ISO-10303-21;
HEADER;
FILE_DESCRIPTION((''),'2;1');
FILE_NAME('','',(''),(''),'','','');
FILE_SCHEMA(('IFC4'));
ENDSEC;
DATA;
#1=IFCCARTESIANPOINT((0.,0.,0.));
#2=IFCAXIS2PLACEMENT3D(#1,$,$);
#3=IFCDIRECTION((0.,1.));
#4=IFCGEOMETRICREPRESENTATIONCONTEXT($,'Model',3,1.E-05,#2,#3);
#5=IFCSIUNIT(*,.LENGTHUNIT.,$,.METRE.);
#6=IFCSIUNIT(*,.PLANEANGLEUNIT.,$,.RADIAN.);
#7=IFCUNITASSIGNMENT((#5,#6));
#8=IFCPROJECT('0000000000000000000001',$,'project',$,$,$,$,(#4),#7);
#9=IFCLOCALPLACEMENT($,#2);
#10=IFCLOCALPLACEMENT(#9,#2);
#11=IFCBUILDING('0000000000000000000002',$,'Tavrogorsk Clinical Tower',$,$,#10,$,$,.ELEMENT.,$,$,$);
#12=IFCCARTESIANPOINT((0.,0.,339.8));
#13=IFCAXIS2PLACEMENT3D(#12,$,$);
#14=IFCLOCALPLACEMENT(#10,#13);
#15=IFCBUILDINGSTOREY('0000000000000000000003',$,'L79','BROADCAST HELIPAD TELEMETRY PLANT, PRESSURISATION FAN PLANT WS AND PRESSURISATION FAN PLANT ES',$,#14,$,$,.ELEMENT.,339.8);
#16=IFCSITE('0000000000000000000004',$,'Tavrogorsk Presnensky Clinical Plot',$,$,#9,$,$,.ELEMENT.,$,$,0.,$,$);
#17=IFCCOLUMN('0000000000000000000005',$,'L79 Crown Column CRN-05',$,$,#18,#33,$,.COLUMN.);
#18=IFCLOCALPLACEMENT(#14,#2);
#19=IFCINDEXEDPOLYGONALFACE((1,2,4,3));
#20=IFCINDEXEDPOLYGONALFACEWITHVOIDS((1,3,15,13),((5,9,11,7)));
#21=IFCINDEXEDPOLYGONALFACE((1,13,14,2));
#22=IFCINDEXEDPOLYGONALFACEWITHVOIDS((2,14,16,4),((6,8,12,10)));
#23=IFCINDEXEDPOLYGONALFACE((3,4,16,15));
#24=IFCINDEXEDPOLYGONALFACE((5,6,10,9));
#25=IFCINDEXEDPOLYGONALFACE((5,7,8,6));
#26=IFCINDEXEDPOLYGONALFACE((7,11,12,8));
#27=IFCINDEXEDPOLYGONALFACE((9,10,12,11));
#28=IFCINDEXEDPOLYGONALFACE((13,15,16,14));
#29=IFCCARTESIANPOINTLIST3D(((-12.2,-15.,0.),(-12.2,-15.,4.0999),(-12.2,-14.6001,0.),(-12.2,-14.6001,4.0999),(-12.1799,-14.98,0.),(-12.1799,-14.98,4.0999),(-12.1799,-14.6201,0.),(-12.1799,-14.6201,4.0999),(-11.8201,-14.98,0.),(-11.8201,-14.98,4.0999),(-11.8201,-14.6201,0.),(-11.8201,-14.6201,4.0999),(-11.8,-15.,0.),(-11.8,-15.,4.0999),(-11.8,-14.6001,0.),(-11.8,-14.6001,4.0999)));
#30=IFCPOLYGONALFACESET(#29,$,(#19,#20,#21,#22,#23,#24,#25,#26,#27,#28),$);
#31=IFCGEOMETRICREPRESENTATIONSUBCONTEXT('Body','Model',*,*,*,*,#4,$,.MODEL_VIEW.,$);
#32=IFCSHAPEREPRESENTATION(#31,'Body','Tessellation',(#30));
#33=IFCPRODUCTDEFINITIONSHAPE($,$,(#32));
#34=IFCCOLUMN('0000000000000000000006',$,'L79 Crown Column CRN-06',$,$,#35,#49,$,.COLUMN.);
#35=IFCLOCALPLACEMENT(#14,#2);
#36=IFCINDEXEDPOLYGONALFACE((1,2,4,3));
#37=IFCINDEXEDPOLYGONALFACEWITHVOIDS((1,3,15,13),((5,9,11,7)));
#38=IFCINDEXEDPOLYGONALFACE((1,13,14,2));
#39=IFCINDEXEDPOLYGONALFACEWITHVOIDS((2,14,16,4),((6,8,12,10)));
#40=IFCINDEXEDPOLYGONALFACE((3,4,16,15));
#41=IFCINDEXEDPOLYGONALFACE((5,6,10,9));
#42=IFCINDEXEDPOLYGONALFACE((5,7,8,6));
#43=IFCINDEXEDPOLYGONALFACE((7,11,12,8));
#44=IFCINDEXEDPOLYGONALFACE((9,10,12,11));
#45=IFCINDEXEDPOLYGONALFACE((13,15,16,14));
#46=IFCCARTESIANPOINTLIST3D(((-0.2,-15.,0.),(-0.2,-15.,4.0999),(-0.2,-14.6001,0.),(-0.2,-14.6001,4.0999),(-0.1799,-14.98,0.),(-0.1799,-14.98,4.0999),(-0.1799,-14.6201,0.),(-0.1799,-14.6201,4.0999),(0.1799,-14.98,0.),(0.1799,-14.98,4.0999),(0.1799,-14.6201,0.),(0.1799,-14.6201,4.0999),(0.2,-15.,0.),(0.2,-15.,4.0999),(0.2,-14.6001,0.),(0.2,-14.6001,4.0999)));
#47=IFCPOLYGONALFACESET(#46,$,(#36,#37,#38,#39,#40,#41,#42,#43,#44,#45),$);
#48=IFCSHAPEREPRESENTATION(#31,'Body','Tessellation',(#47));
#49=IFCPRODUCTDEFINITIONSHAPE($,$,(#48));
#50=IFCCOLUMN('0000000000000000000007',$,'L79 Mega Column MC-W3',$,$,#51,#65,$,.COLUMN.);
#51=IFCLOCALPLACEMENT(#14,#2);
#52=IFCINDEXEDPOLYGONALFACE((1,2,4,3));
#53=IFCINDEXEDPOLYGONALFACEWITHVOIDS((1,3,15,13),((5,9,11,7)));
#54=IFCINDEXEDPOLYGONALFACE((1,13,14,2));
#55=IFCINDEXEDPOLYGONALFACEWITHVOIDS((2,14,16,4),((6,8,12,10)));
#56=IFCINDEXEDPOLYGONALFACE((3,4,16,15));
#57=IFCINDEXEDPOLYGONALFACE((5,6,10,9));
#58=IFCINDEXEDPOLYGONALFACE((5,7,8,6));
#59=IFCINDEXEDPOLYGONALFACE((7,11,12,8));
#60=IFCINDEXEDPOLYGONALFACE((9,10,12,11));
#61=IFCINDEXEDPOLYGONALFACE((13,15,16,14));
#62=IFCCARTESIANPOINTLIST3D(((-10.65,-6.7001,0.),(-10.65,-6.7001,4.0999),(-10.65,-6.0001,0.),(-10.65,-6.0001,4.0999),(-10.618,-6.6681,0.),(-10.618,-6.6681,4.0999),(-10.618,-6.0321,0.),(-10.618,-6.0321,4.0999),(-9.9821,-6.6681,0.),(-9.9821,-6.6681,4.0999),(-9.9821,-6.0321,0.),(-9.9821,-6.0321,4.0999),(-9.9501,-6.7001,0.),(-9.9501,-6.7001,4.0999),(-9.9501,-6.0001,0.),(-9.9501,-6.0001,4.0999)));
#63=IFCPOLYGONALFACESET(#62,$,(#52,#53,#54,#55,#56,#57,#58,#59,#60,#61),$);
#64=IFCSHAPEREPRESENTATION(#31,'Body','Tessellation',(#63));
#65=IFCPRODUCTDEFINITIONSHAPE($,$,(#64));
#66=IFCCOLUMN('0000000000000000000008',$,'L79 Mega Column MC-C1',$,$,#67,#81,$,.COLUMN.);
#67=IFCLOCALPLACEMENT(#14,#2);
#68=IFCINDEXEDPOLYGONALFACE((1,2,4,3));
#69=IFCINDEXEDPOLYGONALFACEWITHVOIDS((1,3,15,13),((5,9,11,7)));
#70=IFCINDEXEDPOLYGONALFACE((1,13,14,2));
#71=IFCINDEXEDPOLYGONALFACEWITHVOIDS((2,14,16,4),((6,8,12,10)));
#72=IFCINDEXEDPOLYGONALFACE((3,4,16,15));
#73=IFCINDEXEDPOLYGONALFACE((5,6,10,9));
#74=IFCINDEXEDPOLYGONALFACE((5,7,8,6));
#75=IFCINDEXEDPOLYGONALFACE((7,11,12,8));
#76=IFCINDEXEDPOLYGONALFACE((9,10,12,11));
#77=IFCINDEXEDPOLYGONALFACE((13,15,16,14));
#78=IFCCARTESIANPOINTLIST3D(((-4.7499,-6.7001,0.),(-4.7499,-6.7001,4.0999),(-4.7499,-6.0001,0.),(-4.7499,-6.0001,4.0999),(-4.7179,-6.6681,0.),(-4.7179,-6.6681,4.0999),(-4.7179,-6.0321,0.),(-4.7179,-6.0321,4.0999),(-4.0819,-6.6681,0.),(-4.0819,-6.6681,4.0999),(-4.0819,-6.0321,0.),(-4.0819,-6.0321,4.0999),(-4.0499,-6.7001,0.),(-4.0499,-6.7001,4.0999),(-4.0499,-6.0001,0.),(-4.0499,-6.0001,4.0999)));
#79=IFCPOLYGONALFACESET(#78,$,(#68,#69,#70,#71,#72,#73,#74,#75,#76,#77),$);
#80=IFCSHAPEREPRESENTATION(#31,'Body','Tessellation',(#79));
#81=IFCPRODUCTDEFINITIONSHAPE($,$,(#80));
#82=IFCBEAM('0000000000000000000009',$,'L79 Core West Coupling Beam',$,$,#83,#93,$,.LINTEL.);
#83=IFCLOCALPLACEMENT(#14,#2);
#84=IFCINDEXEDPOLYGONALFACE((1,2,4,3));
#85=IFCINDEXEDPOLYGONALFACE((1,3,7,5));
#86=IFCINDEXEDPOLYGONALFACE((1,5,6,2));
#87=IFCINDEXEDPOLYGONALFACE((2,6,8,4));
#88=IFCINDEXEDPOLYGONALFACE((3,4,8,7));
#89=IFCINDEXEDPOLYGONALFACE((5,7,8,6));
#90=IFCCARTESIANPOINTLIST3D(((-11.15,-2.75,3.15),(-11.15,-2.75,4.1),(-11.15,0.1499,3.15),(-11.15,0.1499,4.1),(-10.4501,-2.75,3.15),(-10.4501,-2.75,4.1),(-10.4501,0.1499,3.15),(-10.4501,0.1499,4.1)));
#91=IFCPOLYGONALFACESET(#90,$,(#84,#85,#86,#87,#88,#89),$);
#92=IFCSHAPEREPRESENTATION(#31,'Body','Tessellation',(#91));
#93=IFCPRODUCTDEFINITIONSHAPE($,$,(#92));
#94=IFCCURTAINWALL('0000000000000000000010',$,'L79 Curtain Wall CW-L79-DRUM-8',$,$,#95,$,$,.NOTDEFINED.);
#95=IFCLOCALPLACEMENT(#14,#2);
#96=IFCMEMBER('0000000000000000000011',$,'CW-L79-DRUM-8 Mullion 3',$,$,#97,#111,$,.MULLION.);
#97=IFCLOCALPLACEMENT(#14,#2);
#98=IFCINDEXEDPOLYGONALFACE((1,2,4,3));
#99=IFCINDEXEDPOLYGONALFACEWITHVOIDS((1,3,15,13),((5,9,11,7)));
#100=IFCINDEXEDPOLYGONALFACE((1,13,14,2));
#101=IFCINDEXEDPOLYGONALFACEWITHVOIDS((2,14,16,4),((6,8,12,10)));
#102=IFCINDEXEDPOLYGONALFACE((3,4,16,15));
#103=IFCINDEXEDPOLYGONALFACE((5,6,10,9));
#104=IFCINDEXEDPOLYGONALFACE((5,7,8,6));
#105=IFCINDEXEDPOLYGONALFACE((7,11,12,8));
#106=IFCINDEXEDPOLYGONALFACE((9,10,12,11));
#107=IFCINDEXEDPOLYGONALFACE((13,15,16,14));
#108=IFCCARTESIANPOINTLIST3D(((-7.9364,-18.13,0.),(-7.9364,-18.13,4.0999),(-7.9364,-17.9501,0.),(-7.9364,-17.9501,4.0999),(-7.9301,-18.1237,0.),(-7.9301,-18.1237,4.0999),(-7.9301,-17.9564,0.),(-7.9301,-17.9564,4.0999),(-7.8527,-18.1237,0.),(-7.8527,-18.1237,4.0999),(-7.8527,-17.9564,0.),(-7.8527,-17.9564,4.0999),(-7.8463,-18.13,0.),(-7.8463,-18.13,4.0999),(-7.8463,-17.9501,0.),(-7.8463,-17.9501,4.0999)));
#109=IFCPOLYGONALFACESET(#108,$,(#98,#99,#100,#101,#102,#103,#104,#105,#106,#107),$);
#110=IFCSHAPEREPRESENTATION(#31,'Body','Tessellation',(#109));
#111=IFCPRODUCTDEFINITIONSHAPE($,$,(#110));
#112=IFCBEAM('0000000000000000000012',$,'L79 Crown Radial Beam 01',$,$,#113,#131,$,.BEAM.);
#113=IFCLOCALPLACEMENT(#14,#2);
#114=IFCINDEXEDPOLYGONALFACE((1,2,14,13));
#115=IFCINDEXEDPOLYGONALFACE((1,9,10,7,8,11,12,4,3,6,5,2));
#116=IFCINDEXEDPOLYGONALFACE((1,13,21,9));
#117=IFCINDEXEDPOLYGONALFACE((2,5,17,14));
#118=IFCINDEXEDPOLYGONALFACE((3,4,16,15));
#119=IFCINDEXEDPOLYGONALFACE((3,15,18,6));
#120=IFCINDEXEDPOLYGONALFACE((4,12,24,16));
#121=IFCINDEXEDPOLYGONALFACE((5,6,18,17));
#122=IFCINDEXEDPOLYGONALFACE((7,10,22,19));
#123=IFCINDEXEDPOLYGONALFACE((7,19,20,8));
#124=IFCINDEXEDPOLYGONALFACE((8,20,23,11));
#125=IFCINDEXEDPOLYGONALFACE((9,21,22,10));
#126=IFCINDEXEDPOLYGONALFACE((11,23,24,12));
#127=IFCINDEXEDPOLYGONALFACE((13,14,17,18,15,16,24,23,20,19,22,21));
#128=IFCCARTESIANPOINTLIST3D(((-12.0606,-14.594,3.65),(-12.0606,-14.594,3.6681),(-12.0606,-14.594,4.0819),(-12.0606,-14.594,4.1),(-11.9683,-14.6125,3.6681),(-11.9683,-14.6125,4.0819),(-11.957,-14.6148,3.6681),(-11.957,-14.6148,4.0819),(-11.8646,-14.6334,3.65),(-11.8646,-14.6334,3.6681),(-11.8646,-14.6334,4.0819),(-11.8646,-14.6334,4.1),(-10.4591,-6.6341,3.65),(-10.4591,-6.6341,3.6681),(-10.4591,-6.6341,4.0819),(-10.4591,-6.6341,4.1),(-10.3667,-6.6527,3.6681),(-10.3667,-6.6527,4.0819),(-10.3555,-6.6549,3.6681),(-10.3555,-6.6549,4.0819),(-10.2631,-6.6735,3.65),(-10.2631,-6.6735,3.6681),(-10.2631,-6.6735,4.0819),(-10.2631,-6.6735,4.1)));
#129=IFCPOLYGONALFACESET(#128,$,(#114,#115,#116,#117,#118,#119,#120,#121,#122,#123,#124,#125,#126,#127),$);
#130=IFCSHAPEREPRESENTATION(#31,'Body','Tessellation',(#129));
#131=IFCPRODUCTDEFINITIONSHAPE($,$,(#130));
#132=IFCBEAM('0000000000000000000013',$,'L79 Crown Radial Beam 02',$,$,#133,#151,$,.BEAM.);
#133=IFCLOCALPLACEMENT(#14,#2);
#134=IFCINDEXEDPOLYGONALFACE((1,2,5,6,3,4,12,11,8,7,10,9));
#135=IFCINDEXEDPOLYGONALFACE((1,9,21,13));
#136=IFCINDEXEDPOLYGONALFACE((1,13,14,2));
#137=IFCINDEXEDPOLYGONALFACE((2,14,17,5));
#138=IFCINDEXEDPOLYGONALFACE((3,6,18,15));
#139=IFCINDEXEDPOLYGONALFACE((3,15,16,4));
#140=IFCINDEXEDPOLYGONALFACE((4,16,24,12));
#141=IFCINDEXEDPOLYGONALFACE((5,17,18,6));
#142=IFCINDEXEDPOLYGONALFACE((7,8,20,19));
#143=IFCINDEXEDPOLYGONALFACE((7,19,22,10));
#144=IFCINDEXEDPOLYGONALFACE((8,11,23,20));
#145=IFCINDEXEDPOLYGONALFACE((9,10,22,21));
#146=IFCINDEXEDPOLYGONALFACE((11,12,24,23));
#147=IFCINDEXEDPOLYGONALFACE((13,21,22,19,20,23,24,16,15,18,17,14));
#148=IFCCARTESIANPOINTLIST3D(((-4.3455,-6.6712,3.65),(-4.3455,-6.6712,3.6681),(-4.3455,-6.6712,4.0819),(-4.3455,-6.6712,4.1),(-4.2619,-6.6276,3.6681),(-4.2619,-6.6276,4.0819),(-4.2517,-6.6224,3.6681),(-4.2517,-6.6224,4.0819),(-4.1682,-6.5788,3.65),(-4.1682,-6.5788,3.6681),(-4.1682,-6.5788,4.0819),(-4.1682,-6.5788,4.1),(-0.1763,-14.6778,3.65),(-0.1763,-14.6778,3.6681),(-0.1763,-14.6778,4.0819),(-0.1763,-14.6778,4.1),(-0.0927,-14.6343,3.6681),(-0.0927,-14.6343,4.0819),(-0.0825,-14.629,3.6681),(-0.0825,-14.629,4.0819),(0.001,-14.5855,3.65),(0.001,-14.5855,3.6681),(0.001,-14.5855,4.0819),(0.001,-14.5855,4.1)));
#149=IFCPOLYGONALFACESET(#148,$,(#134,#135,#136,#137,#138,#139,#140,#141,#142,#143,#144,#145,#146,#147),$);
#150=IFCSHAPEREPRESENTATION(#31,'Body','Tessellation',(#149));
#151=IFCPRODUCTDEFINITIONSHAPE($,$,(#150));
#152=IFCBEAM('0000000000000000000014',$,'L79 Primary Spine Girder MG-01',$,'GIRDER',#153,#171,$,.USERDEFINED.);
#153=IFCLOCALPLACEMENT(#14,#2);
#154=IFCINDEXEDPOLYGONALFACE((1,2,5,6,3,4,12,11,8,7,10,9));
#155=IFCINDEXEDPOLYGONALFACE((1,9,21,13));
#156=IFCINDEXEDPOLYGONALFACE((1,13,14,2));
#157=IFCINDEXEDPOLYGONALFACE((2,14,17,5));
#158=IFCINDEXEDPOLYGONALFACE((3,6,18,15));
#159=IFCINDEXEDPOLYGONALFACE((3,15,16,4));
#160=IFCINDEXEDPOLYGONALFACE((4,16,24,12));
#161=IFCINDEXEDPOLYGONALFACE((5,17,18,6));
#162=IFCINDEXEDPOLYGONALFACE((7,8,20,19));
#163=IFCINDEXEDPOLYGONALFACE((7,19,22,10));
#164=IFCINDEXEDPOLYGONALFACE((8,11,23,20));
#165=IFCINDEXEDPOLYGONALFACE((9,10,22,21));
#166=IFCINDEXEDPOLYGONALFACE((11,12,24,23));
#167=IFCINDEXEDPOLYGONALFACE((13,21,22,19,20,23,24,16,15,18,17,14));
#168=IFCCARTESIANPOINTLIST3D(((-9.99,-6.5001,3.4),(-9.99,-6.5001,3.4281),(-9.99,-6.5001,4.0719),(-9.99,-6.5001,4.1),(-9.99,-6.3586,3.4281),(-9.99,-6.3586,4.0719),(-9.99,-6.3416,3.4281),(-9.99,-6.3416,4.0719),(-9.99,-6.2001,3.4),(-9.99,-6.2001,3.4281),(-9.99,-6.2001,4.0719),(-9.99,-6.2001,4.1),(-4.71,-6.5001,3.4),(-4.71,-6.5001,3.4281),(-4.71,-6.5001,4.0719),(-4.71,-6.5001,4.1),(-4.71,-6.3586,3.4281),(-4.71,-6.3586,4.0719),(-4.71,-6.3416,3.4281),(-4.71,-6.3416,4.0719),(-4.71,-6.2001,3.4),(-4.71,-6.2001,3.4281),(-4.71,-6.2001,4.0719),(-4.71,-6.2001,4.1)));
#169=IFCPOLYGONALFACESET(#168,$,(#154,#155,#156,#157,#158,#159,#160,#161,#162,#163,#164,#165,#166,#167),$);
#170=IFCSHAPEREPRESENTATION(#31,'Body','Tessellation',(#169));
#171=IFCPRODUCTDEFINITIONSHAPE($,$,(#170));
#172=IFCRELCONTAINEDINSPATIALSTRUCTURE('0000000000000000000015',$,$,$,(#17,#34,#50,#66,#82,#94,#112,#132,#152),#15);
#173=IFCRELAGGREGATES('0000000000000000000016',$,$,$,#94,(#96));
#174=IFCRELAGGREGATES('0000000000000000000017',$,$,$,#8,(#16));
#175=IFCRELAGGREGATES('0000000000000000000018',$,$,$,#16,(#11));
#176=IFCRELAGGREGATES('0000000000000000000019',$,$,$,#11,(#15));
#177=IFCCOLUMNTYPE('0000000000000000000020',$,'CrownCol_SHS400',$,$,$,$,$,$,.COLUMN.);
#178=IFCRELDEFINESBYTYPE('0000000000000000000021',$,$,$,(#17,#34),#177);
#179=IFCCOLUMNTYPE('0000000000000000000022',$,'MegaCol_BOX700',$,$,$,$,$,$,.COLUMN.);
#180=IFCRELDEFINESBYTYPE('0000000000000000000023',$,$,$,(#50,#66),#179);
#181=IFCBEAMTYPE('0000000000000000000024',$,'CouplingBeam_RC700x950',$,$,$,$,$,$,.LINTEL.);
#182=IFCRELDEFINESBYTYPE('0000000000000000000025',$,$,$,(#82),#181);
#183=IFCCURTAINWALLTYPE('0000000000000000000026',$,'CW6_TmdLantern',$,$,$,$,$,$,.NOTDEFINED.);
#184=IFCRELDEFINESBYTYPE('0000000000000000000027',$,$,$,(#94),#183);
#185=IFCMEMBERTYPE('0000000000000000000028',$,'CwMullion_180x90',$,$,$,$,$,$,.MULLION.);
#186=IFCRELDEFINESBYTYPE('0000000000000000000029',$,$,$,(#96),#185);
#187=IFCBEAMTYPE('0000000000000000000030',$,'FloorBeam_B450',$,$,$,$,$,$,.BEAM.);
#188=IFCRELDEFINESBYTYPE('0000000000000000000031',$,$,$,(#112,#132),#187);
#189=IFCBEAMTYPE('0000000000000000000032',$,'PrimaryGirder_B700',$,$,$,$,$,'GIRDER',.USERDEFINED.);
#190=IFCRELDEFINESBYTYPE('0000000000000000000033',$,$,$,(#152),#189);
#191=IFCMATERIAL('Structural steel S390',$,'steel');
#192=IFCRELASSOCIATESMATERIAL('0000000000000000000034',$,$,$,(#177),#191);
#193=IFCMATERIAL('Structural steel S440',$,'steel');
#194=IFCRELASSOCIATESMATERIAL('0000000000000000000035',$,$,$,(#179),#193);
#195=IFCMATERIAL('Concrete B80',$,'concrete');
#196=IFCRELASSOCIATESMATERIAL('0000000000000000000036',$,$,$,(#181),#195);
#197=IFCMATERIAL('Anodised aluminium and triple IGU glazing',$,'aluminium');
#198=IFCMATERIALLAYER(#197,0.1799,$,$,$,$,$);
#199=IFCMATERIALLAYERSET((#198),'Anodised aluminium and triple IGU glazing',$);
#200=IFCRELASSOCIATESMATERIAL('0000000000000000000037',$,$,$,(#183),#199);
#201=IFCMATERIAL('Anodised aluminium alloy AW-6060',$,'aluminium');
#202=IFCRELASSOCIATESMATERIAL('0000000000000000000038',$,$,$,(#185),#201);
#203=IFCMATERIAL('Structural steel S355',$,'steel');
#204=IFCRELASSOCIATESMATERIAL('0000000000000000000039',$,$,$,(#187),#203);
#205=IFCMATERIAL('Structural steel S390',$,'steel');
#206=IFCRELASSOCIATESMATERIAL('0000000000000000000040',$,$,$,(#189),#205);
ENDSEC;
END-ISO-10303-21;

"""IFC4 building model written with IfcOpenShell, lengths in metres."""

from ifc_helpers import new_model, si_unit, direction, frame, origin, origin_2d, place, context, subcontext, project, spatial, rectangle, hollow_rectangle, i_section, extrude, material, layer, layer_set, material_profile, profile_set, type_object, element, aggregate, save


model = new_model("IFC4")

# Units and contexts
model_context = context("Model", 3, precision=1e-05, world=origin(), true_north=direction((0.0, 1.0)))
body_context = subcontext(model_context, "Body", "Model", "MODEL_VIEW")
ifc_project = project(units=[si_unit("LENGTHUNIT", "METRE"), si_unit("PLANEANGLEUNIT", "RADIAN")], contexts=[model_context])

# Site, building, storey
site_placement = place(None, origin())
site = spatial("IfcSite", under=ifc_project, at=site_placement, Name="Tavrogorsk Presnensky Clinical Plot", CompositionType="ELEMENT", RefElevation=0.0)
building_placement = place(site_placement, origin())
building = spatial("IfcBuilding", under=site, at=building_placement, Name="Tavrogorsk Clinical Tower", CompositionType="ELEMENT")
storey_placement = place(building_placement, frame((0.0, 0.0, 339.8)))
storey = spatial("IfcBuildingStorey", under=building, at=storey_placement, Name="L79", Description="BROADCAST HELIPAD TELEMETRY PLANT, PRESSURISATION FAN PLANT WS AND PRESSURISATION FAN PLANT ES", CompositionType="ELEMENT", Elevation=339.8)

# Columns
ifc_material_1 = material(Name="Structural steel S390", Category="steel")
ifc_material_profile_1 = material_profile(ifc_material_1, hollow_rectangle(XDim=0.3999, YDim=0.3999, WallThickness=0.02, at=origin_2d()), Name="SHS-400x400x20")
ifc_profile_set_1 = profile_set([ifc_material_profile_1], Name="Structural steel S390")
column_type_1 = type_object("IfcColumnType", Name="CrownCol_SHS400", PredefinedType="COLUMN", material=ifc_profile_set_1)
for number, where, z_axis, x_axis, name in (
    (1, (-12.0, -14.8, 0.0), (0.0, 0.0, 1.0), (1.0, 0.0, 0.0), "L79 Crown Column CRN-05"),
    (2, (0.0, -14.8, 0.0), (0.0, 0.0, 1.0), (1.0, 0.0, 0.0), "L79 Crown Column CRN-06"),
):
    element("IfcColumn", number, at=place(storey_placement, frame(where, z_axis=z_axis, x_axis=x_axis)), inside=storey, type_object=column_type_1, Name=name, PredefinedType="COLUMN", context=body_context, shape_type="SweptSolid", body=[
        extrude(hollow_rectangle(XDim=0.3999, YDim=0.3999, WallThickness=0.02, at=origin_2d()), origin(), (0.0, 0.0, 1.0), 4.0999),
    ])
ifc_material_2 = material(Name="Structural steel S440", Category="steel")
ifc_material_profile_2 = material_profile(ifc_material_2, hollow_rectangle(XDim=0.7, YDim=0.7, WallThickness=0.032, at=origin_2d()), Name="BOX-700x700x32")
ifc_profile_set_2 = profile_set([ifc_material_profile_2], Name="Structural steel S440")
column_type_2 = type_object("IfcColumnType", Name="MegaCol_BOX700", PredefinedType="COLUMN", material=ifc_profile_set_2)
for number, where, z_axis, x_axis, name in (
    (3, (-10.3, -6.3501, 0.0), (0.0, 0.0, 1.0), (1.0, 0.0, 0.0), "L79 Mega Column MC-W3"),
    (4, (-4.3999, -6.3501, 0.0), (0.0, 0.0, 1.0), (1.0, 0.0, 0.0), "L79 Mega Column MC-C1"),
):
    element("IfcColumn", number, at=place(storey_placement, frame(where, z_axis=z_axis, x_axis=x_axis)), inside=storey, type_object=column_type_2, Name=name, PredefinedType="COLUMN", context=body_context, shape_type="SweptSolid", body=[
        extrude(hollow_rectangle(XDim=0.7, YDim=0.7, WallThickness=0.032, at=origin_2d()), origin(), (0.0, 0.0, 1.0), 4.0999),
    ])

# Beam
ifc_material_3 = material(Name="Concrete B80", Category="concrete")
ifc_material_profile_3 = material_profile(ifc_material_3, rectangle(XDim=0.7, YDim=0.95, at=origin_2d()), Name="RC-CB-700x950")
ifc_profile_set_3 = profile_set([ifc_material_profile_3], Name="Concrete B80")
beam_type_1 = type_object("IfcBeamType", Name="CouplingBeam_RC700x950", PredefinedType="LINTEL", material=ifc_profile_set_3)
beam_1_placement = place(storey_placement, frame((-10.8, -2.75, 3.625), z_axis=(0.0, 1.0, 0.0), x_axis=(-1.0, 0.0, 0.0)))
element("IfcBeam", 5, at=beam_1_placement, inside=storey, type_object=beam_type_1, Name="L79 Core West Coupling Beam", PredefinedType="LINTEL", context=body_context, shape_type="SweptSolid", body=[
    extrude(rectangle(XDim=0.7, YDim=0.95, at=origin_2d()), origin(), (0.0, 0.0, 1.0), 2.8999),
])

# Curtain wall, member
ifc_material_4 = material(Name="Anodised aluminium and triple IGU glazing", Category="aluminium")
ifc_layer_1 = layer(ifc_material_4, 0.1799)
ifc_layer_set_1 = layer_set([ifc_layer_1], Name="Anodised aluminium and triple IGU glazing")
curtain_wall_type = type_object("IfcCurtainWallType", Name="CW6_TmdLantern", PredefinedType="NOTDEFINED", material=ifc_layer_set_1)
curtain_wall_placement = place(storey_placement, origin())
curtain_wall = element("IfcCurtainWall", 6, at=curtain_wall_placement, inside=storey, type_object=curtain_wall_type, Name="L79 Curtain Wall CW-L79-DRUM-8", PredefinedType="NOTDEFINED")
ifc_material_5 = material(Name="Anodised aluminium alloy AW-6060", Category="aluminium")
ifc_material_profile_4 = material_profile(ifc_material_5, hollow_rectangle(XDim=0.0901, YDim=0.1799, WallThickness=0.0063, at=origin_2d()), Name="RHS-180x90x6.3")
ifc_profile_set_4 = profile_set([ifc_material_profile_4], Name="Anodised aluminium alloy AW-6060")
member_type = type_object("IfcMemberType", Name="CwMullion_180x90", PredefinedType="MULLION", material=ifc_profile_set_4)
member_placement = place(storey_placement, frame((-7.8914, -18.04, 0.0), z_axis=(0.0, 0.0, 1.0), x_axis=(-1.0, 0.0, 0.0)))
member = element("IfcMember", 7, at=member_placement, type_object=member_type, Name="CW-L79-DRUM-8 Mullion 3", PredefinedType="MULLION", context=body_context, shape_type="SweptSolid", body=[
    extrude(hollow_rectangle(XDim=0.0901, YDim=0.1799, WallThickness=0.0063, at=origin_2d()), origin(), (0.0, 0.0, 1.0), 4.0999),
])

# Beams
ifc_material_6 = material(Name="Structural steel S355", Category="steel")
ifc_material_profile_5 = material_profile(ifc_material_6, i_section(OverallWidth=0.2, OverallDepth=0.45, WebThickness=0.0115, FlangeThickness=0.0181, at=origin_2d()), Name="B-450x200x11.5x18")
ifc_profile_set_5 = profile_set([ifc_material_profile_5], Name="Structural steel S355")
beam_type_2 = type_object("IfcBeamType", Name="FloorBeam_B450", PredefinedType="BEAM", material=ifc_profile_set_5)
beam_2_placement = place(storey_placement, frame((-10.3611, -6.6538, 3.875), z_axis=(-0.197249, -0.980353, 0.0), x_axis=(0.980353, -0.197249, 0.0)))
element("IfcBeam", 8, at=beam_2_placement, inside=storey, type_object=beam_type_2, Name="L79 Crown Radial Beam 01", PredefinedType="BEAM", context=body_context, shape_type="SweptSolid", body=[
    extrude(i_section(OverallWidth=0.2, OverallDepth=0.45, WebThickness=0.0115, FlangeThickness=0.0181, at=origin_2d()), origin(), (0.0, 0.0, 1.0), 8.1194),
])
beam_3_placement = place(storey_placement, frame((-4.2568, -6.625, 3.875), z_axis=(0.461855, -0.886955, 0.0), x_axis=(0.886955, 0.461855, 0.0)))
element("IfcBeam", 9, at=beam_3_placement, inside=storey, type_object=beam_type_2, Name="L79 Crown Radial Beam 02", PredefinedType="BEAM", context=body_context, shape_type="SweptSolid", body=[
    extrude(i_section(OverallWidth=0.2, OverallDepth=0.45, WebThickness=0.0115, FlangeThickness=0.0181, at=origin_2d()), origin(), (0.0, 0.0, 1.0), 9.0271),
])
ifc_material_7 = material(Name="Structural steel S390", Category="steel")
ifc_material_profile_6 = material_profile(ifc_material_7, i_section(OverallWidth=0.3, OverallDepth=0.7, WebThickness=0.0171, FlangeThickness=0.0281, at=origin_2d()), Name="B-700x300x17x28")
ifc_profile_set_6 = profile_set([ifc_material_profile_6], Name="Structural steel S390")
beam_type_3 = type_object("IfcBeamType", Name="PrimaryGirder_B700", ElementType="GIRDER", PredefinedType="USERDEFINED", material=ifc_profile_set_6)
beam_4_placement = place(storey_placement, frame((-9.99, -6.3501, 3.75), z_axis=(1.0, 0.0, 0.0), x_axis=(0.0, 1.0, 0.0)))
element("IfcBeam", 10, at=beam_4_placement, inside=storey, type_object=beam_type_3, Name="L79 Primary Spine Girder MG-01", ObjectType="GIRDER", PredefinedType="USERDEFINED", context=body_context, shape_type="SweptSolid", body=[
    extrude(i_section(OverallWidth=0.3, OverallDepth=0.7, WebThickness=0.0171, FlangeThickness=0.0281, at=origin_2d()), origin(), (0.0, 0.0, 1.0), 5.28),
])

aggregate(curtain_wall, [member])

save(model, "model.ifc")
